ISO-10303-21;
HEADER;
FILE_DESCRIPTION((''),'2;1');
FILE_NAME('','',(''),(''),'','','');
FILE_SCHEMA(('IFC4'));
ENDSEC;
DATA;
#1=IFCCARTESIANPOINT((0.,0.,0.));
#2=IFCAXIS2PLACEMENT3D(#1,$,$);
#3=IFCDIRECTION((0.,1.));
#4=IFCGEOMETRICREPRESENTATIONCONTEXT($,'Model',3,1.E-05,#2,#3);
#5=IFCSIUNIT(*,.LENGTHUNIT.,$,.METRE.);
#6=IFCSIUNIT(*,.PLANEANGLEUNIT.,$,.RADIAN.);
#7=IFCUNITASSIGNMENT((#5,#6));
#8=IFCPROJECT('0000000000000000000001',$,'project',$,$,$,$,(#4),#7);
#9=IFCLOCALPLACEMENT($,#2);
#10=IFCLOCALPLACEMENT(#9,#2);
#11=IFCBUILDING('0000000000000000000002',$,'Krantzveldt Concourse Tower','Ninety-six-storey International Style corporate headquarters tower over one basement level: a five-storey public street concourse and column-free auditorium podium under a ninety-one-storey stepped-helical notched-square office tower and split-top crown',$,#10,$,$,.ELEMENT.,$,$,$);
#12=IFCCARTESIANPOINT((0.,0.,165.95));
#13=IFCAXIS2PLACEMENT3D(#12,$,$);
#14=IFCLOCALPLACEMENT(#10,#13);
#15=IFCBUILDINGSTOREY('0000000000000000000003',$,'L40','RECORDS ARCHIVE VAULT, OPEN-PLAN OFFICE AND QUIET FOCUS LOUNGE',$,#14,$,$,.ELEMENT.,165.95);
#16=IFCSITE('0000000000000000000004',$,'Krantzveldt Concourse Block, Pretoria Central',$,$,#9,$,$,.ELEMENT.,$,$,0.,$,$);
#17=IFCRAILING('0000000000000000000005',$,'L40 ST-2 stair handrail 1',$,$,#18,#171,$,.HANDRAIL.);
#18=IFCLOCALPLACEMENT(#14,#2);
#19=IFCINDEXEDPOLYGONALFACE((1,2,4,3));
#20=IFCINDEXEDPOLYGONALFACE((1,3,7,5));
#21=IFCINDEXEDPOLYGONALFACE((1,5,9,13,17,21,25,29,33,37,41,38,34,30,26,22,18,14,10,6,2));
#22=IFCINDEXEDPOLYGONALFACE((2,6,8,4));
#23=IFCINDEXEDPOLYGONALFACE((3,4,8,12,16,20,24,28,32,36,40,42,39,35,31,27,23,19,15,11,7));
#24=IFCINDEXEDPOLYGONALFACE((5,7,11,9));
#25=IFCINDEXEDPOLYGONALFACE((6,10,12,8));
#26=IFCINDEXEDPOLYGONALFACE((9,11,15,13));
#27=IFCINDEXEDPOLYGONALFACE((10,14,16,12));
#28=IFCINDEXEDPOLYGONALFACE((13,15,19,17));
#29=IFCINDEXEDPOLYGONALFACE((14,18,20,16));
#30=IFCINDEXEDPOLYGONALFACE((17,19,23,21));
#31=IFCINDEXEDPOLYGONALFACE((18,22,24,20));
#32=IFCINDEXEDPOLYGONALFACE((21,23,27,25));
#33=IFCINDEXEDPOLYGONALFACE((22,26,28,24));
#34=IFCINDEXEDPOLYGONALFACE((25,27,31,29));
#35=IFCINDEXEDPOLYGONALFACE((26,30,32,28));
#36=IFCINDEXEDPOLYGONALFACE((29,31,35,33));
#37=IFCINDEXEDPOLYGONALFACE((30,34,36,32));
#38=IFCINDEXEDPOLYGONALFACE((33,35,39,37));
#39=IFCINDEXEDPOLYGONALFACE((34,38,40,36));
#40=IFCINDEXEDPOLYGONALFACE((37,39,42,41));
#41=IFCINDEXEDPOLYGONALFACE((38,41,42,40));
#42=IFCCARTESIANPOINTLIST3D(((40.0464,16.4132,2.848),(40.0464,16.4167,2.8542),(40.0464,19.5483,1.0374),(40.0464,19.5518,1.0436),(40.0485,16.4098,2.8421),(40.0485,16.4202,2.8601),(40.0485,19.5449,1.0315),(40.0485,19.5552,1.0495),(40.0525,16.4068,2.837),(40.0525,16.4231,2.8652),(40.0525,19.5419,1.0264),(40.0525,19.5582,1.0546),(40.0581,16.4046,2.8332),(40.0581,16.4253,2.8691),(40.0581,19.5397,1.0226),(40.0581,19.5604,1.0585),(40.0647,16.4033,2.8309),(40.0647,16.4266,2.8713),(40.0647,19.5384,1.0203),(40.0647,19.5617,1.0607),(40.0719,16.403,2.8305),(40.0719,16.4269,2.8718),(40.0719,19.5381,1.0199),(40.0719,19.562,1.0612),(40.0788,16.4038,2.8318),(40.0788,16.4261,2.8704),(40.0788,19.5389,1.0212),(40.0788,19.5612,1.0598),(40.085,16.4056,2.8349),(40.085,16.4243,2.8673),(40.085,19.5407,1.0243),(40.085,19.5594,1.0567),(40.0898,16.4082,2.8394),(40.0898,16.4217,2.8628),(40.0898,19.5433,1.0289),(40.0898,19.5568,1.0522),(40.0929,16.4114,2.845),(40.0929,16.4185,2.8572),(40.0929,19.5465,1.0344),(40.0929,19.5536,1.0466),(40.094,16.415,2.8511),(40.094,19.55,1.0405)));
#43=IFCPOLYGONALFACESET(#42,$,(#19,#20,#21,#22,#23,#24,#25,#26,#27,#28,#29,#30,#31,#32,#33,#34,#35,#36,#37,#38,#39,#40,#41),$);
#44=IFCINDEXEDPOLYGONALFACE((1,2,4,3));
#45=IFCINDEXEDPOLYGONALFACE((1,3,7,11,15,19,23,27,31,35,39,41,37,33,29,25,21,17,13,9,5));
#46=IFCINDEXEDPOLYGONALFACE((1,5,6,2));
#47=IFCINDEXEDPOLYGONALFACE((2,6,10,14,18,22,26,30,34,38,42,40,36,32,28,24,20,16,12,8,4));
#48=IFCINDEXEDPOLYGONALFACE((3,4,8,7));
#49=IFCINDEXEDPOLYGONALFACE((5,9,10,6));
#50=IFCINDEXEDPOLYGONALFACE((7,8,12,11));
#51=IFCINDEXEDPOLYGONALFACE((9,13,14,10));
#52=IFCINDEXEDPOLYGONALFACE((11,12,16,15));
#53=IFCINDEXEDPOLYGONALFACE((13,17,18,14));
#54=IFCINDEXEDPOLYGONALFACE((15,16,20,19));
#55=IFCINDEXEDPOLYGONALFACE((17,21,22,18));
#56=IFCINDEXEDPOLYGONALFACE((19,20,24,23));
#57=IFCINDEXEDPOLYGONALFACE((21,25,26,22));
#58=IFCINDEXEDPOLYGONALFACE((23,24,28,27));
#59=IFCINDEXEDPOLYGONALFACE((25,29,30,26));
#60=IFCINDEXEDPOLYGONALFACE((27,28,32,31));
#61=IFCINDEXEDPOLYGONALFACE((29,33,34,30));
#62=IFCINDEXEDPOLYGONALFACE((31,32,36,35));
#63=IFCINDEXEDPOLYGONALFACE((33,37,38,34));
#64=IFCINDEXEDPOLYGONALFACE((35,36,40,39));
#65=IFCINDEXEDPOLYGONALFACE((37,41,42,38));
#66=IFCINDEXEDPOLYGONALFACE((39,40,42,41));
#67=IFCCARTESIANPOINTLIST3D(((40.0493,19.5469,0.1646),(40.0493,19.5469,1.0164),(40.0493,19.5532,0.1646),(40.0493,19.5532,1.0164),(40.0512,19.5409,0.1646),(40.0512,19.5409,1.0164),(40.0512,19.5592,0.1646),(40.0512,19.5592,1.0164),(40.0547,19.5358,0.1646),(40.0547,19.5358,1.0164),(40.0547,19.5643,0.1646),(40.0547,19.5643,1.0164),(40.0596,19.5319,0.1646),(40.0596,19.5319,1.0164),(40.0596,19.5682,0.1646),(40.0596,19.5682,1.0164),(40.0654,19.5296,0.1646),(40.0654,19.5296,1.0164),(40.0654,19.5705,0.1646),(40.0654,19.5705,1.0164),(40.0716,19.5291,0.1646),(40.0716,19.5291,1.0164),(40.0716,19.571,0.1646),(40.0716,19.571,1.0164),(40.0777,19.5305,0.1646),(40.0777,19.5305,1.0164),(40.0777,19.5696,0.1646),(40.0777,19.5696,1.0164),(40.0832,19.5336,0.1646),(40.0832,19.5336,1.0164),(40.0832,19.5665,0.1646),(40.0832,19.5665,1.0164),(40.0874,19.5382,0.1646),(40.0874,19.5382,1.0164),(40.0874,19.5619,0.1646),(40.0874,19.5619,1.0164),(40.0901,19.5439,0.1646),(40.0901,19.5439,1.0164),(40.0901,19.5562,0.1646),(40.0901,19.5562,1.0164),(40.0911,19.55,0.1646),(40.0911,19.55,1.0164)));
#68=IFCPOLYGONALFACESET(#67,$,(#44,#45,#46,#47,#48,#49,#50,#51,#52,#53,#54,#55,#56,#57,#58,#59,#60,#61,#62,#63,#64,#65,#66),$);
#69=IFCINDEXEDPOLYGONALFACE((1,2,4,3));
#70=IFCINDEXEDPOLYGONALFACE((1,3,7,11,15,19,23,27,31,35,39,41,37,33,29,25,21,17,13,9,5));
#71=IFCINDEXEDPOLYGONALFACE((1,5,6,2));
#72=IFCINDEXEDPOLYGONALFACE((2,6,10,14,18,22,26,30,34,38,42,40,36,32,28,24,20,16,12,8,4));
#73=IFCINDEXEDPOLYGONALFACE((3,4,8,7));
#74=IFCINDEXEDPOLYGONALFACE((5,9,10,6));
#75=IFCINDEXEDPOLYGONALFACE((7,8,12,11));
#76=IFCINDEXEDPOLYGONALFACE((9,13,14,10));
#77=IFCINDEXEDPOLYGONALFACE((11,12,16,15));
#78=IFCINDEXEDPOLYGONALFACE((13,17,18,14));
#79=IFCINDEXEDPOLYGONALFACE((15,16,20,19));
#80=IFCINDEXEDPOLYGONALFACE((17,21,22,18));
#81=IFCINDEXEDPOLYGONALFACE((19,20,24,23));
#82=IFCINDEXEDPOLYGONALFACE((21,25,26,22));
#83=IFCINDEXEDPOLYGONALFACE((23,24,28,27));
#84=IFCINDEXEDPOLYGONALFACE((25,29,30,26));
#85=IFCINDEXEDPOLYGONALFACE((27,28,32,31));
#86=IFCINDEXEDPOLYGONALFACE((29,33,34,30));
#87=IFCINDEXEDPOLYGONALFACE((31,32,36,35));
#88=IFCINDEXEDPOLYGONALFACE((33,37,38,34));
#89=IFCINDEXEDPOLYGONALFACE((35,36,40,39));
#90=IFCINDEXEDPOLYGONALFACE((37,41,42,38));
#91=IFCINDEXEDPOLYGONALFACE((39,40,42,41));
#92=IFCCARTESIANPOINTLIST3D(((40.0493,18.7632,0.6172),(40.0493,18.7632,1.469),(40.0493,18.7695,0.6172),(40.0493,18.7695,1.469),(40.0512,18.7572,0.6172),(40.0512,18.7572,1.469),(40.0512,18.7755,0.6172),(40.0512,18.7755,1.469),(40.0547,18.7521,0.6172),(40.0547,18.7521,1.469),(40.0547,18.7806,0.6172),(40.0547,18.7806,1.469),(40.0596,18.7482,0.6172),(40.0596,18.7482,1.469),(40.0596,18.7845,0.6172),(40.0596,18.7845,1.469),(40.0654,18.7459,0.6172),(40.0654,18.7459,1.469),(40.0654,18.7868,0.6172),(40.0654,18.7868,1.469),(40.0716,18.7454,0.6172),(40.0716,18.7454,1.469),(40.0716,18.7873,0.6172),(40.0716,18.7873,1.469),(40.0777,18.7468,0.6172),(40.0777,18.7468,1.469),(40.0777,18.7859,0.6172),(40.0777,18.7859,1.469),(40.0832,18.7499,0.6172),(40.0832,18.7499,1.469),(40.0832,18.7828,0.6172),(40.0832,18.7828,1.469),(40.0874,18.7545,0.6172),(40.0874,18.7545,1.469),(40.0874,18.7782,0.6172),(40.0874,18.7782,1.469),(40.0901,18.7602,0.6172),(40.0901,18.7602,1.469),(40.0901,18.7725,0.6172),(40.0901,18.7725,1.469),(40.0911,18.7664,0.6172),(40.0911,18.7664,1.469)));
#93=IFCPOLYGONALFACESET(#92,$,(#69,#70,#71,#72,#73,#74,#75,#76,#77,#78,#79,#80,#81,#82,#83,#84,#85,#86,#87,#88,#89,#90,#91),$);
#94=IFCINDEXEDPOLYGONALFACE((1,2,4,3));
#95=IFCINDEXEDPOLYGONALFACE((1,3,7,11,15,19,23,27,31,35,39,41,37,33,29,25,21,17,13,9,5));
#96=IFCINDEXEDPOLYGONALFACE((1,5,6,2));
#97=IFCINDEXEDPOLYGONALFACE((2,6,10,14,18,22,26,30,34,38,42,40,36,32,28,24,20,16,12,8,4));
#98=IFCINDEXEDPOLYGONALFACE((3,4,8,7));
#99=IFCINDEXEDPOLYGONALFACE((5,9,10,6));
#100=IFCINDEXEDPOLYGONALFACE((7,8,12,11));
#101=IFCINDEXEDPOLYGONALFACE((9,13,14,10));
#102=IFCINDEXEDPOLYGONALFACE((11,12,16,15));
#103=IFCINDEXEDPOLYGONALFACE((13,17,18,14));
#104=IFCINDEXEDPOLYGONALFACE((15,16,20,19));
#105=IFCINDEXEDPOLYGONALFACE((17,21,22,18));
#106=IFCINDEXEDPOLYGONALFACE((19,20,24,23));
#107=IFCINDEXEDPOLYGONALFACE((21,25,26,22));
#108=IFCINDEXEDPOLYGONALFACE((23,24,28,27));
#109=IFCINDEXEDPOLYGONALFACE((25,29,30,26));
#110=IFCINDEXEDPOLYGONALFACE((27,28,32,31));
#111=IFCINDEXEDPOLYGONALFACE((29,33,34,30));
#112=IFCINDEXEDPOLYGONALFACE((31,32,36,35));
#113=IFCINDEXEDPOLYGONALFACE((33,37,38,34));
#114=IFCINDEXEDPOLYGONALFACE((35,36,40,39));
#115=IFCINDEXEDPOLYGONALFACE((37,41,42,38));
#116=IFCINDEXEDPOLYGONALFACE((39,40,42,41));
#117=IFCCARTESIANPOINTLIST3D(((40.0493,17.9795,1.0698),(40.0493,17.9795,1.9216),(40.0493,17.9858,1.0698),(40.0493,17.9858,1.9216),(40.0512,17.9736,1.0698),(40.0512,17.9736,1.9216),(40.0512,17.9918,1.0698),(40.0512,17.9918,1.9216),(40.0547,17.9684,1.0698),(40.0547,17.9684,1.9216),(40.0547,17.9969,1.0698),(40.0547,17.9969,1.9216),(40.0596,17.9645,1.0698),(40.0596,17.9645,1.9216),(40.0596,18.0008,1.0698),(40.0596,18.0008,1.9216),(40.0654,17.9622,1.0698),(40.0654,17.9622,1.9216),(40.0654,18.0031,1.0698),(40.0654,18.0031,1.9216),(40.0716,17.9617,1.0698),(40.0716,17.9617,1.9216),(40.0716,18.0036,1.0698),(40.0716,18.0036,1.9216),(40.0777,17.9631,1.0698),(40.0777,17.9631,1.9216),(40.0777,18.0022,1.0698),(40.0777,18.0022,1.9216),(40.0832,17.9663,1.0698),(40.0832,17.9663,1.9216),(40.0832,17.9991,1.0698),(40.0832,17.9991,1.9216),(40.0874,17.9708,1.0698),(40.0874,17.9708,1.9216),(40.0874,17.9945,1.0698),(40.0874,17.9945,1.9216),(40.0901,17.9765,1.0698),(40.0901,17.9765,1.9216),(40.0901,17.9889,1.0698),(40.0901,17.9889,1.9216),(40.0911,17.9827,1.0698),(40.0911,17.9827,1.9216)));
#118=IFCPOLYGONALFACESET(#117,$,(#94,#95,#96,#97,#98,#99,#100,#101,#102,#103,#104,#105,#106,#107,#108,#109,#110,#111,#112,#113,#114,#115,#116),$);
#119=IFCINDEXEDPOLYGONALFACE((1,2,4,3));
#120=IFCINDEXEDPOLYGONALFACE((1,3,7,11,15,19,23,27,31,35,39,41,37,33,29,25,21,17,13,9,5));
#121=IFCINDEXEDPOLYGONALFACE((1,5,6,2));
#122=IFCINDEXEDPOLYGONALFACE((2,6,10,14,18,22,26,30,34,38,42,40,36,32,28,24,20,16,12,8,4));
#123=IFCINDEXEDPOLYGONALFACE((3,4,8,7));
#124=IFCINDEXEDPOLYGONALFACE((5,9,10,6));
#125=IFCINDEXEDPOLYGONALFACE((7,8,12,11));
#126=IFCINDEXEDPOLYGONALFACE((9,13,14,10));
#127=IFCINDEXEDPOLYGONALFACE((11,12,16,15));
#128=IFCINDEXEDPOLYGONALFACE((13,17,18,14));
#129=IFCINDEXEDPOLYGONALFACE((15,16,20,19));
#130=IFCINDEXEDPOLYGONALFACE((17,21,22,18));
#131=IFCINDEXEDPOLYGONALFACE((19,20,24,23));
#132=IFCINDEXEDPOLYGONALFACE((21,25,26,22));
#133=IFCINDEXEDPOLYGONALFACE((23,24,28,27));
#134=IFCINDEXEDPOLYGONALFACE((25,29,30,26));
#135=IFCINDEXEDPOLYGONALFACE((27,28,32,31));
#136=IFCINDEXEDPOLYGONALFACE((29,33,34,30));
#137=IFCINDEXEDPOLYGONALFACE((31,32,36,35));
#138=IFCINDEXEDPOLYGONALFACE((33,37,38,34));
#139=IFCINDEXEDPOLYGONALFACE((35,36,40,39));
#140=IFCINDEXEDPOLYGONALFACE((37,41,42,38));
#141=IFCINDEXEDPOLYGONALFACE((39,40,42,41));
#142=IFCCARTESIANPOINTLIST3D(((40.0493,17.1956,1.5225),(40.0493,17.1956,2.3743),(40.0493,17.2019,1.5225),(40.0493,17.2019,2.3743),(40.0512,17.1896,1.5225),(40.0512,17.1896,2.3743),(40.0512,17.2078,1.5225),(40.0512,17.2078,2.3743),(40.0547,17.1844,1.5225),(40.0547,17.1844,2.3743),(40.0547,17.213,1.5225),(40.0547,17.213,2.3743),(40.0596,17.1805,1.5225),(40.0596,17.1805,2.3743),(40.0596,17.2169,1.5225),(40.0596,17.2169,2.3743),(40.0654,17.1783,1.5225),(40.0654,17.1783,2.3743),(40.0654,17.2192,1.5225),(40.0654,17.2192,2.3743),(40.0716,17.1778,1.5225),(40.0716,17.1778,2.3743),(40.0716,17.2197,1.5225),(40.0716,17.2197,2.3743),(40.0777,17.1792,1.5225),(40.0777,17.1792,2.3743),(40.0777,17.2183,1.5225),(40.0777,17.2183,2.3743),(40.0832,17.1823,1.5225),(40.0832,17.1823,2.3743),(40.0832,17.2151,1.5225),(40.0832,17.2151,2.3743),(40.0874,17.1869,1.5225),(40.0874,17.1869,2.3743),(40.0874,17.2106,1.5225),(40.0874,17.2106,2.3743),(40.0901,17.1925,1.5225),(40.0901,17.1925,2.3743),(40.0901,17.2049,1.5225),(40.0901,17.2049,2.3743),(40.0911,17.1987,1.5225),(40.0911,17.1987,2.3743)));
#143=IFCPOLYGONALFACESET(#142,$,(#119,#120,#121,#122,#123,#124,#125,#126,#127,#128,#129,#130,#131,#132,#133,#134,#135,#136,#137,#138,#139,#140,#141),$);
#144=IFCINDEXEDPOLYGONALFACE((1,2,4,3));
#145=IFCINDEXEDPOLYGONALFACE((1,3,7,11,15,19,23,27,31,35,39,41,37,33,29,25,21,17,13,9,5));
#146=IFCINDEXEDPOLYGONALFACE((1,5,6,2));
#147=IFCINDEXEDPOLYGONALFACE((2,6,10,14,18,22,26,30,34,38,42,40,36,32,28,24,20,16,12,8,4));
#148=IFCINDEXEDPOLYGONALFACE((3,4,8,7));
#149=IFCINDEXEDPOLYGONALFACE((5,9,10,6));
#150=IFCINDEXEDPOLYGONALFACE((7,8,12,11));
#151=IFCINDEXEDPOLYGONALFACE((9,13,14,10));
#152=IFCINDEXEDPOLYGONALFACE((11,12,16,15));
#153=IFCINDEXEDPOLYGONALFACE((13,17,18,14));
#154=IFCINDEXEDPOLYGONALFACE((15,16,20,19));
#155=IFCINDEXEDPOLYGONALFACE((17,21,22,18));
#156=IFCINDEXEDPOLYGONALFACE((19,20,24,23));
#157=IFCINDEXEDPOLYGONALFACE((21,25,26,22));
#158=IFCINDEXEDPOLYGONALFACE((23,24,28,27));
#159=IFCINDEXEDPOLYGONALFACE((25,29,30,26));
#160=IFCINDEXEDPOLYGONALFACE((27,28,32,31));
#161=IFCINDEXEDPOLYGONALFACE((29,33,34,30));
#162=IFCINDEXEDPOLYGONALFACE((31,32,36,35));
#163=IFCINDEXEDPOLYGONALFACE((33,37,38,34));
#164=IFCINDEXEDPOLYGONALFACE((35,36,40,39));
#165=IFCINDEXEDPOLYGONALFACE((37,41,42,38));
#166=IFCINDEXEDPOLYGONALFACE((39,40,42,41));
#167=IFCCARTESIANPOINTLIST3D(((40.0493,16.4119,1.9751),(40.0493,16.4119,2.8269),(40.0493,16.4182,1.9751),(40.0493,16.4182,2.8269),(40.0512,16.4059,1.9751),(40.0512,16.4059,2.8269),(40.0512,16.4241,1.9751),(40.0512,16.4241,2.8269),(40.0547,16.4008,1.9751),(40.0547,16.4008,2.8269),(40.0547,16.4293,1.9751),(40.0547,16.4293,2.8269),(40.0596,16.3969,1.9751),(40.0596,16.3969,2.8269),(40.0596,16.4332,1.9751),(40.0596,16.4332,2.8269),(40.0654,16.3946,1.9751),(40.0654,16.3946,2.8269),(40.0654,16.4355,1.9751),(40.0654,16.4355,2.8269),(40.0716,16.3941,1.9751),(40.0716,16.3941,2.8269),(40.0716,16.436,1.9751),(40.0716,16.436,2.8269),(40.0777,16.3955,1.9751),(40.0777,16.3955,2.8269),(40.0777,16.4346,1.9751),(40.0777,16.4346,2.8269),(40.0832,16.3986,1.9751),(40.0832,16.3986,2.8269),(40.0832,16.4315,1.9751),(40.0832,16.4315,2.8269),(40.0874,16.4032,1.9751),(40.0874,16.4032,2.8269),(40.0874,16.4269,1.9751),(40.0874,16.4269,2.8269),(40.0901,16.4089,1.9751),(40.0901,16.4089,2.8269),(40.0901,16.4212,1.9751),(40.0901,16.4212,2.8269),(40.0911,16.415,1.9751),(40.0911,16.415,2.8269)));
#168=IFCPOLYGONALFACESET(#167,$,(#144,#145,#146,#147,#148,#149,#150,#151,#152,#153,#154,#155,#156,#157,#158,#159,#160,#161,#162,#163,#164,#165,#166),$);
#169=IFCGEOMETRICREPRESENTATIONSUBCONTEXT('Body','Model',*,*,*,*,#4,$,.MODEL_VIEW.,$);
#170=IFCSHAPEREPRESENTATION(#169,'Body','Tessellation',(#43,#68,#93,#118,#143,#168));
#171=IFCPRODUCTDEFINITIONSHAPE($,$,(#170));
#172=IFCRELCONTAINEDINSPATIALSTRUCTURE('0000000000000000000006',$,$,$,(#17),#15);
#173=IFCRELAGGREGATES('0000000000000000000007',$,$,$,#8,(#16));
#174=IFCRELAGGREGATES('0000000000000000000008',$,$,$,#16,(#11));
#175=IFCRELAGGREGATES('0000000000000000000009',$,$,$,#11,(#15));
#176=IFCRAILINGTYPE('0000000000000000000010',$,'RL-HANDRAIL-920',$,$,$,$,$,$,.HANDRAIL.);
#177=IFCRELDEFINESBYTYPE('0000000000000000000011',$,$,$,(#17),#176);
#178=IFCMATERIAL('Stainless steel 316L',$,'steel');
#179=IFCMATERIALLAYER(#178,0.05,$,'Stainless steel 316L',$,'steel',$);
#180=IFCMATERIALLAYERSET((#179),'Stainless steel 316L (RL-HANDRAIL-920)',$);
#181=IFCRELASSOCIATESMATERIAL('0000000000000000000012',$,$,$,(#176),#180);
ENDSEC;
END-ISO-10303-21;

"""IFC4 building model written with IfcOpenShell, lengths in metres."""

from ifc_helpers import new_model, si_unit, direction, frame, origin, origin_2d, place, context, subcontext, project, spatial, circle, extrude, material, layer, layer_set, type_object, element, save


model = new_model("IFC4")

# Units and contexts
model_context = context("Model", 3, precision=1e-05, world=origin(), true_north=direction((0.0, 1.0)))
body_context = subcontext(model_context, "Body", "Model", "MODEL_VIEW")
ifc_project = project(units=[si_unit("LENGTHUNIT", "METRE"), si_unit("PLANEANGLEUNIT", "RADIAN")], contexts=[model_context])

# Site, building, storey
site_placement = place(None, origin())
site = spatial("IfcSite", under=ifc_project, at=site_placement, Name="Krantzveldt Concourse Block, Pretoria Central", CompositionType="ELEMENT", RefElevation=0.0)
building_placement = place(site_placement, origin())
building = spatial("IfcBuilding", under=site, at=building_placement, Name="Krantzveldt Concourse Tower", Description="Ninety-six-storey International Style corporate headquarters tower over one basement level: a five-storey public street concourse and column-free auditorium podium under a ninety-one-storey stepped-helical notched-square office tower and split-top crown", CompositionType="ELEMENT")
storey_placement = place(building_placement, frame((0.0, 0.0, 165.95)))
storey = spatial("IfcBuildingStorey", under=building, at=storey_placement, Name="L40", Description="RECORDS ARCHIVE VAULT, OPEN-PLAN OFFICE AND QUIET FOCUS LOUNGE", CompositionType="ELEMENT", Elevation=165.95)

# Shared definitions
ifc_material_1 = material(Name="Stainless steel 316L", Category="steel")

# Railing
ifc_layer_1 = layer(ifc_material_1, 0.05, Name="Stainless steel 316L", Category="steel")
ifc_layer_set_1 = layer_set([ifc_layer_1], Name="Stainless steel 316L (RL-HANDRAIL-920)")
railing_type_1 = type_object("IfcRailingType", Name="RL-HANDRAIL-920", PredefinedType="HANDRAIL", material=ifc_layer_set_1)
railing_1_placement = place(storey_placement, frame((40.0701, 19.55, 0.1646)))
element("IfcRailing", 1, at=railing_1_placement, inside=storey, type_object=railing_type_1, Name="L40 ST-2 stair handrail 1", PredefinedType="HANDRAIL", context=body_context, shape_type="SweptSolid", body=[
    extrude(circle(Radius=0.0239, at=origin_2d()), frame((0.0, 0.0, 0.876), z_axis=(0.0, -0.86596, 0.500114), x_axis=(1.0, 0.0, 0.0)), (0.0, 0.0, 1.0), 3.6204),
    extrude(circle(Radius=0.021, at=origin_2d()), origin(), (0.0, 0.0, 1.0), 0.8518),
    extrude(circle(Radius=0.021, at=origin_2d()), frame((0.0, -0.7837, 0.4526)), (0.0, 0.0, 1.0), 0.8518),
    extrude(circle(Radius=0.021, at=origin_2d()), frame((0.0, -1.5674, 0.9053)), (0.0, 0.0, 1.0), 0.8518),
    extrude(circle(Radius=0.021, at=origin_2d()), frame((0.0, -2.3513, 1.3579)), (0.0, 0.0, 1.0), 0.8518),
    extrude(circle(Radius=0.021, at=origin_2d()), frame((0.0, -3.135, 1.8105)), (0.0, 0.0, 1.0), 0.8518),
])

save(model, "model.ifc")
